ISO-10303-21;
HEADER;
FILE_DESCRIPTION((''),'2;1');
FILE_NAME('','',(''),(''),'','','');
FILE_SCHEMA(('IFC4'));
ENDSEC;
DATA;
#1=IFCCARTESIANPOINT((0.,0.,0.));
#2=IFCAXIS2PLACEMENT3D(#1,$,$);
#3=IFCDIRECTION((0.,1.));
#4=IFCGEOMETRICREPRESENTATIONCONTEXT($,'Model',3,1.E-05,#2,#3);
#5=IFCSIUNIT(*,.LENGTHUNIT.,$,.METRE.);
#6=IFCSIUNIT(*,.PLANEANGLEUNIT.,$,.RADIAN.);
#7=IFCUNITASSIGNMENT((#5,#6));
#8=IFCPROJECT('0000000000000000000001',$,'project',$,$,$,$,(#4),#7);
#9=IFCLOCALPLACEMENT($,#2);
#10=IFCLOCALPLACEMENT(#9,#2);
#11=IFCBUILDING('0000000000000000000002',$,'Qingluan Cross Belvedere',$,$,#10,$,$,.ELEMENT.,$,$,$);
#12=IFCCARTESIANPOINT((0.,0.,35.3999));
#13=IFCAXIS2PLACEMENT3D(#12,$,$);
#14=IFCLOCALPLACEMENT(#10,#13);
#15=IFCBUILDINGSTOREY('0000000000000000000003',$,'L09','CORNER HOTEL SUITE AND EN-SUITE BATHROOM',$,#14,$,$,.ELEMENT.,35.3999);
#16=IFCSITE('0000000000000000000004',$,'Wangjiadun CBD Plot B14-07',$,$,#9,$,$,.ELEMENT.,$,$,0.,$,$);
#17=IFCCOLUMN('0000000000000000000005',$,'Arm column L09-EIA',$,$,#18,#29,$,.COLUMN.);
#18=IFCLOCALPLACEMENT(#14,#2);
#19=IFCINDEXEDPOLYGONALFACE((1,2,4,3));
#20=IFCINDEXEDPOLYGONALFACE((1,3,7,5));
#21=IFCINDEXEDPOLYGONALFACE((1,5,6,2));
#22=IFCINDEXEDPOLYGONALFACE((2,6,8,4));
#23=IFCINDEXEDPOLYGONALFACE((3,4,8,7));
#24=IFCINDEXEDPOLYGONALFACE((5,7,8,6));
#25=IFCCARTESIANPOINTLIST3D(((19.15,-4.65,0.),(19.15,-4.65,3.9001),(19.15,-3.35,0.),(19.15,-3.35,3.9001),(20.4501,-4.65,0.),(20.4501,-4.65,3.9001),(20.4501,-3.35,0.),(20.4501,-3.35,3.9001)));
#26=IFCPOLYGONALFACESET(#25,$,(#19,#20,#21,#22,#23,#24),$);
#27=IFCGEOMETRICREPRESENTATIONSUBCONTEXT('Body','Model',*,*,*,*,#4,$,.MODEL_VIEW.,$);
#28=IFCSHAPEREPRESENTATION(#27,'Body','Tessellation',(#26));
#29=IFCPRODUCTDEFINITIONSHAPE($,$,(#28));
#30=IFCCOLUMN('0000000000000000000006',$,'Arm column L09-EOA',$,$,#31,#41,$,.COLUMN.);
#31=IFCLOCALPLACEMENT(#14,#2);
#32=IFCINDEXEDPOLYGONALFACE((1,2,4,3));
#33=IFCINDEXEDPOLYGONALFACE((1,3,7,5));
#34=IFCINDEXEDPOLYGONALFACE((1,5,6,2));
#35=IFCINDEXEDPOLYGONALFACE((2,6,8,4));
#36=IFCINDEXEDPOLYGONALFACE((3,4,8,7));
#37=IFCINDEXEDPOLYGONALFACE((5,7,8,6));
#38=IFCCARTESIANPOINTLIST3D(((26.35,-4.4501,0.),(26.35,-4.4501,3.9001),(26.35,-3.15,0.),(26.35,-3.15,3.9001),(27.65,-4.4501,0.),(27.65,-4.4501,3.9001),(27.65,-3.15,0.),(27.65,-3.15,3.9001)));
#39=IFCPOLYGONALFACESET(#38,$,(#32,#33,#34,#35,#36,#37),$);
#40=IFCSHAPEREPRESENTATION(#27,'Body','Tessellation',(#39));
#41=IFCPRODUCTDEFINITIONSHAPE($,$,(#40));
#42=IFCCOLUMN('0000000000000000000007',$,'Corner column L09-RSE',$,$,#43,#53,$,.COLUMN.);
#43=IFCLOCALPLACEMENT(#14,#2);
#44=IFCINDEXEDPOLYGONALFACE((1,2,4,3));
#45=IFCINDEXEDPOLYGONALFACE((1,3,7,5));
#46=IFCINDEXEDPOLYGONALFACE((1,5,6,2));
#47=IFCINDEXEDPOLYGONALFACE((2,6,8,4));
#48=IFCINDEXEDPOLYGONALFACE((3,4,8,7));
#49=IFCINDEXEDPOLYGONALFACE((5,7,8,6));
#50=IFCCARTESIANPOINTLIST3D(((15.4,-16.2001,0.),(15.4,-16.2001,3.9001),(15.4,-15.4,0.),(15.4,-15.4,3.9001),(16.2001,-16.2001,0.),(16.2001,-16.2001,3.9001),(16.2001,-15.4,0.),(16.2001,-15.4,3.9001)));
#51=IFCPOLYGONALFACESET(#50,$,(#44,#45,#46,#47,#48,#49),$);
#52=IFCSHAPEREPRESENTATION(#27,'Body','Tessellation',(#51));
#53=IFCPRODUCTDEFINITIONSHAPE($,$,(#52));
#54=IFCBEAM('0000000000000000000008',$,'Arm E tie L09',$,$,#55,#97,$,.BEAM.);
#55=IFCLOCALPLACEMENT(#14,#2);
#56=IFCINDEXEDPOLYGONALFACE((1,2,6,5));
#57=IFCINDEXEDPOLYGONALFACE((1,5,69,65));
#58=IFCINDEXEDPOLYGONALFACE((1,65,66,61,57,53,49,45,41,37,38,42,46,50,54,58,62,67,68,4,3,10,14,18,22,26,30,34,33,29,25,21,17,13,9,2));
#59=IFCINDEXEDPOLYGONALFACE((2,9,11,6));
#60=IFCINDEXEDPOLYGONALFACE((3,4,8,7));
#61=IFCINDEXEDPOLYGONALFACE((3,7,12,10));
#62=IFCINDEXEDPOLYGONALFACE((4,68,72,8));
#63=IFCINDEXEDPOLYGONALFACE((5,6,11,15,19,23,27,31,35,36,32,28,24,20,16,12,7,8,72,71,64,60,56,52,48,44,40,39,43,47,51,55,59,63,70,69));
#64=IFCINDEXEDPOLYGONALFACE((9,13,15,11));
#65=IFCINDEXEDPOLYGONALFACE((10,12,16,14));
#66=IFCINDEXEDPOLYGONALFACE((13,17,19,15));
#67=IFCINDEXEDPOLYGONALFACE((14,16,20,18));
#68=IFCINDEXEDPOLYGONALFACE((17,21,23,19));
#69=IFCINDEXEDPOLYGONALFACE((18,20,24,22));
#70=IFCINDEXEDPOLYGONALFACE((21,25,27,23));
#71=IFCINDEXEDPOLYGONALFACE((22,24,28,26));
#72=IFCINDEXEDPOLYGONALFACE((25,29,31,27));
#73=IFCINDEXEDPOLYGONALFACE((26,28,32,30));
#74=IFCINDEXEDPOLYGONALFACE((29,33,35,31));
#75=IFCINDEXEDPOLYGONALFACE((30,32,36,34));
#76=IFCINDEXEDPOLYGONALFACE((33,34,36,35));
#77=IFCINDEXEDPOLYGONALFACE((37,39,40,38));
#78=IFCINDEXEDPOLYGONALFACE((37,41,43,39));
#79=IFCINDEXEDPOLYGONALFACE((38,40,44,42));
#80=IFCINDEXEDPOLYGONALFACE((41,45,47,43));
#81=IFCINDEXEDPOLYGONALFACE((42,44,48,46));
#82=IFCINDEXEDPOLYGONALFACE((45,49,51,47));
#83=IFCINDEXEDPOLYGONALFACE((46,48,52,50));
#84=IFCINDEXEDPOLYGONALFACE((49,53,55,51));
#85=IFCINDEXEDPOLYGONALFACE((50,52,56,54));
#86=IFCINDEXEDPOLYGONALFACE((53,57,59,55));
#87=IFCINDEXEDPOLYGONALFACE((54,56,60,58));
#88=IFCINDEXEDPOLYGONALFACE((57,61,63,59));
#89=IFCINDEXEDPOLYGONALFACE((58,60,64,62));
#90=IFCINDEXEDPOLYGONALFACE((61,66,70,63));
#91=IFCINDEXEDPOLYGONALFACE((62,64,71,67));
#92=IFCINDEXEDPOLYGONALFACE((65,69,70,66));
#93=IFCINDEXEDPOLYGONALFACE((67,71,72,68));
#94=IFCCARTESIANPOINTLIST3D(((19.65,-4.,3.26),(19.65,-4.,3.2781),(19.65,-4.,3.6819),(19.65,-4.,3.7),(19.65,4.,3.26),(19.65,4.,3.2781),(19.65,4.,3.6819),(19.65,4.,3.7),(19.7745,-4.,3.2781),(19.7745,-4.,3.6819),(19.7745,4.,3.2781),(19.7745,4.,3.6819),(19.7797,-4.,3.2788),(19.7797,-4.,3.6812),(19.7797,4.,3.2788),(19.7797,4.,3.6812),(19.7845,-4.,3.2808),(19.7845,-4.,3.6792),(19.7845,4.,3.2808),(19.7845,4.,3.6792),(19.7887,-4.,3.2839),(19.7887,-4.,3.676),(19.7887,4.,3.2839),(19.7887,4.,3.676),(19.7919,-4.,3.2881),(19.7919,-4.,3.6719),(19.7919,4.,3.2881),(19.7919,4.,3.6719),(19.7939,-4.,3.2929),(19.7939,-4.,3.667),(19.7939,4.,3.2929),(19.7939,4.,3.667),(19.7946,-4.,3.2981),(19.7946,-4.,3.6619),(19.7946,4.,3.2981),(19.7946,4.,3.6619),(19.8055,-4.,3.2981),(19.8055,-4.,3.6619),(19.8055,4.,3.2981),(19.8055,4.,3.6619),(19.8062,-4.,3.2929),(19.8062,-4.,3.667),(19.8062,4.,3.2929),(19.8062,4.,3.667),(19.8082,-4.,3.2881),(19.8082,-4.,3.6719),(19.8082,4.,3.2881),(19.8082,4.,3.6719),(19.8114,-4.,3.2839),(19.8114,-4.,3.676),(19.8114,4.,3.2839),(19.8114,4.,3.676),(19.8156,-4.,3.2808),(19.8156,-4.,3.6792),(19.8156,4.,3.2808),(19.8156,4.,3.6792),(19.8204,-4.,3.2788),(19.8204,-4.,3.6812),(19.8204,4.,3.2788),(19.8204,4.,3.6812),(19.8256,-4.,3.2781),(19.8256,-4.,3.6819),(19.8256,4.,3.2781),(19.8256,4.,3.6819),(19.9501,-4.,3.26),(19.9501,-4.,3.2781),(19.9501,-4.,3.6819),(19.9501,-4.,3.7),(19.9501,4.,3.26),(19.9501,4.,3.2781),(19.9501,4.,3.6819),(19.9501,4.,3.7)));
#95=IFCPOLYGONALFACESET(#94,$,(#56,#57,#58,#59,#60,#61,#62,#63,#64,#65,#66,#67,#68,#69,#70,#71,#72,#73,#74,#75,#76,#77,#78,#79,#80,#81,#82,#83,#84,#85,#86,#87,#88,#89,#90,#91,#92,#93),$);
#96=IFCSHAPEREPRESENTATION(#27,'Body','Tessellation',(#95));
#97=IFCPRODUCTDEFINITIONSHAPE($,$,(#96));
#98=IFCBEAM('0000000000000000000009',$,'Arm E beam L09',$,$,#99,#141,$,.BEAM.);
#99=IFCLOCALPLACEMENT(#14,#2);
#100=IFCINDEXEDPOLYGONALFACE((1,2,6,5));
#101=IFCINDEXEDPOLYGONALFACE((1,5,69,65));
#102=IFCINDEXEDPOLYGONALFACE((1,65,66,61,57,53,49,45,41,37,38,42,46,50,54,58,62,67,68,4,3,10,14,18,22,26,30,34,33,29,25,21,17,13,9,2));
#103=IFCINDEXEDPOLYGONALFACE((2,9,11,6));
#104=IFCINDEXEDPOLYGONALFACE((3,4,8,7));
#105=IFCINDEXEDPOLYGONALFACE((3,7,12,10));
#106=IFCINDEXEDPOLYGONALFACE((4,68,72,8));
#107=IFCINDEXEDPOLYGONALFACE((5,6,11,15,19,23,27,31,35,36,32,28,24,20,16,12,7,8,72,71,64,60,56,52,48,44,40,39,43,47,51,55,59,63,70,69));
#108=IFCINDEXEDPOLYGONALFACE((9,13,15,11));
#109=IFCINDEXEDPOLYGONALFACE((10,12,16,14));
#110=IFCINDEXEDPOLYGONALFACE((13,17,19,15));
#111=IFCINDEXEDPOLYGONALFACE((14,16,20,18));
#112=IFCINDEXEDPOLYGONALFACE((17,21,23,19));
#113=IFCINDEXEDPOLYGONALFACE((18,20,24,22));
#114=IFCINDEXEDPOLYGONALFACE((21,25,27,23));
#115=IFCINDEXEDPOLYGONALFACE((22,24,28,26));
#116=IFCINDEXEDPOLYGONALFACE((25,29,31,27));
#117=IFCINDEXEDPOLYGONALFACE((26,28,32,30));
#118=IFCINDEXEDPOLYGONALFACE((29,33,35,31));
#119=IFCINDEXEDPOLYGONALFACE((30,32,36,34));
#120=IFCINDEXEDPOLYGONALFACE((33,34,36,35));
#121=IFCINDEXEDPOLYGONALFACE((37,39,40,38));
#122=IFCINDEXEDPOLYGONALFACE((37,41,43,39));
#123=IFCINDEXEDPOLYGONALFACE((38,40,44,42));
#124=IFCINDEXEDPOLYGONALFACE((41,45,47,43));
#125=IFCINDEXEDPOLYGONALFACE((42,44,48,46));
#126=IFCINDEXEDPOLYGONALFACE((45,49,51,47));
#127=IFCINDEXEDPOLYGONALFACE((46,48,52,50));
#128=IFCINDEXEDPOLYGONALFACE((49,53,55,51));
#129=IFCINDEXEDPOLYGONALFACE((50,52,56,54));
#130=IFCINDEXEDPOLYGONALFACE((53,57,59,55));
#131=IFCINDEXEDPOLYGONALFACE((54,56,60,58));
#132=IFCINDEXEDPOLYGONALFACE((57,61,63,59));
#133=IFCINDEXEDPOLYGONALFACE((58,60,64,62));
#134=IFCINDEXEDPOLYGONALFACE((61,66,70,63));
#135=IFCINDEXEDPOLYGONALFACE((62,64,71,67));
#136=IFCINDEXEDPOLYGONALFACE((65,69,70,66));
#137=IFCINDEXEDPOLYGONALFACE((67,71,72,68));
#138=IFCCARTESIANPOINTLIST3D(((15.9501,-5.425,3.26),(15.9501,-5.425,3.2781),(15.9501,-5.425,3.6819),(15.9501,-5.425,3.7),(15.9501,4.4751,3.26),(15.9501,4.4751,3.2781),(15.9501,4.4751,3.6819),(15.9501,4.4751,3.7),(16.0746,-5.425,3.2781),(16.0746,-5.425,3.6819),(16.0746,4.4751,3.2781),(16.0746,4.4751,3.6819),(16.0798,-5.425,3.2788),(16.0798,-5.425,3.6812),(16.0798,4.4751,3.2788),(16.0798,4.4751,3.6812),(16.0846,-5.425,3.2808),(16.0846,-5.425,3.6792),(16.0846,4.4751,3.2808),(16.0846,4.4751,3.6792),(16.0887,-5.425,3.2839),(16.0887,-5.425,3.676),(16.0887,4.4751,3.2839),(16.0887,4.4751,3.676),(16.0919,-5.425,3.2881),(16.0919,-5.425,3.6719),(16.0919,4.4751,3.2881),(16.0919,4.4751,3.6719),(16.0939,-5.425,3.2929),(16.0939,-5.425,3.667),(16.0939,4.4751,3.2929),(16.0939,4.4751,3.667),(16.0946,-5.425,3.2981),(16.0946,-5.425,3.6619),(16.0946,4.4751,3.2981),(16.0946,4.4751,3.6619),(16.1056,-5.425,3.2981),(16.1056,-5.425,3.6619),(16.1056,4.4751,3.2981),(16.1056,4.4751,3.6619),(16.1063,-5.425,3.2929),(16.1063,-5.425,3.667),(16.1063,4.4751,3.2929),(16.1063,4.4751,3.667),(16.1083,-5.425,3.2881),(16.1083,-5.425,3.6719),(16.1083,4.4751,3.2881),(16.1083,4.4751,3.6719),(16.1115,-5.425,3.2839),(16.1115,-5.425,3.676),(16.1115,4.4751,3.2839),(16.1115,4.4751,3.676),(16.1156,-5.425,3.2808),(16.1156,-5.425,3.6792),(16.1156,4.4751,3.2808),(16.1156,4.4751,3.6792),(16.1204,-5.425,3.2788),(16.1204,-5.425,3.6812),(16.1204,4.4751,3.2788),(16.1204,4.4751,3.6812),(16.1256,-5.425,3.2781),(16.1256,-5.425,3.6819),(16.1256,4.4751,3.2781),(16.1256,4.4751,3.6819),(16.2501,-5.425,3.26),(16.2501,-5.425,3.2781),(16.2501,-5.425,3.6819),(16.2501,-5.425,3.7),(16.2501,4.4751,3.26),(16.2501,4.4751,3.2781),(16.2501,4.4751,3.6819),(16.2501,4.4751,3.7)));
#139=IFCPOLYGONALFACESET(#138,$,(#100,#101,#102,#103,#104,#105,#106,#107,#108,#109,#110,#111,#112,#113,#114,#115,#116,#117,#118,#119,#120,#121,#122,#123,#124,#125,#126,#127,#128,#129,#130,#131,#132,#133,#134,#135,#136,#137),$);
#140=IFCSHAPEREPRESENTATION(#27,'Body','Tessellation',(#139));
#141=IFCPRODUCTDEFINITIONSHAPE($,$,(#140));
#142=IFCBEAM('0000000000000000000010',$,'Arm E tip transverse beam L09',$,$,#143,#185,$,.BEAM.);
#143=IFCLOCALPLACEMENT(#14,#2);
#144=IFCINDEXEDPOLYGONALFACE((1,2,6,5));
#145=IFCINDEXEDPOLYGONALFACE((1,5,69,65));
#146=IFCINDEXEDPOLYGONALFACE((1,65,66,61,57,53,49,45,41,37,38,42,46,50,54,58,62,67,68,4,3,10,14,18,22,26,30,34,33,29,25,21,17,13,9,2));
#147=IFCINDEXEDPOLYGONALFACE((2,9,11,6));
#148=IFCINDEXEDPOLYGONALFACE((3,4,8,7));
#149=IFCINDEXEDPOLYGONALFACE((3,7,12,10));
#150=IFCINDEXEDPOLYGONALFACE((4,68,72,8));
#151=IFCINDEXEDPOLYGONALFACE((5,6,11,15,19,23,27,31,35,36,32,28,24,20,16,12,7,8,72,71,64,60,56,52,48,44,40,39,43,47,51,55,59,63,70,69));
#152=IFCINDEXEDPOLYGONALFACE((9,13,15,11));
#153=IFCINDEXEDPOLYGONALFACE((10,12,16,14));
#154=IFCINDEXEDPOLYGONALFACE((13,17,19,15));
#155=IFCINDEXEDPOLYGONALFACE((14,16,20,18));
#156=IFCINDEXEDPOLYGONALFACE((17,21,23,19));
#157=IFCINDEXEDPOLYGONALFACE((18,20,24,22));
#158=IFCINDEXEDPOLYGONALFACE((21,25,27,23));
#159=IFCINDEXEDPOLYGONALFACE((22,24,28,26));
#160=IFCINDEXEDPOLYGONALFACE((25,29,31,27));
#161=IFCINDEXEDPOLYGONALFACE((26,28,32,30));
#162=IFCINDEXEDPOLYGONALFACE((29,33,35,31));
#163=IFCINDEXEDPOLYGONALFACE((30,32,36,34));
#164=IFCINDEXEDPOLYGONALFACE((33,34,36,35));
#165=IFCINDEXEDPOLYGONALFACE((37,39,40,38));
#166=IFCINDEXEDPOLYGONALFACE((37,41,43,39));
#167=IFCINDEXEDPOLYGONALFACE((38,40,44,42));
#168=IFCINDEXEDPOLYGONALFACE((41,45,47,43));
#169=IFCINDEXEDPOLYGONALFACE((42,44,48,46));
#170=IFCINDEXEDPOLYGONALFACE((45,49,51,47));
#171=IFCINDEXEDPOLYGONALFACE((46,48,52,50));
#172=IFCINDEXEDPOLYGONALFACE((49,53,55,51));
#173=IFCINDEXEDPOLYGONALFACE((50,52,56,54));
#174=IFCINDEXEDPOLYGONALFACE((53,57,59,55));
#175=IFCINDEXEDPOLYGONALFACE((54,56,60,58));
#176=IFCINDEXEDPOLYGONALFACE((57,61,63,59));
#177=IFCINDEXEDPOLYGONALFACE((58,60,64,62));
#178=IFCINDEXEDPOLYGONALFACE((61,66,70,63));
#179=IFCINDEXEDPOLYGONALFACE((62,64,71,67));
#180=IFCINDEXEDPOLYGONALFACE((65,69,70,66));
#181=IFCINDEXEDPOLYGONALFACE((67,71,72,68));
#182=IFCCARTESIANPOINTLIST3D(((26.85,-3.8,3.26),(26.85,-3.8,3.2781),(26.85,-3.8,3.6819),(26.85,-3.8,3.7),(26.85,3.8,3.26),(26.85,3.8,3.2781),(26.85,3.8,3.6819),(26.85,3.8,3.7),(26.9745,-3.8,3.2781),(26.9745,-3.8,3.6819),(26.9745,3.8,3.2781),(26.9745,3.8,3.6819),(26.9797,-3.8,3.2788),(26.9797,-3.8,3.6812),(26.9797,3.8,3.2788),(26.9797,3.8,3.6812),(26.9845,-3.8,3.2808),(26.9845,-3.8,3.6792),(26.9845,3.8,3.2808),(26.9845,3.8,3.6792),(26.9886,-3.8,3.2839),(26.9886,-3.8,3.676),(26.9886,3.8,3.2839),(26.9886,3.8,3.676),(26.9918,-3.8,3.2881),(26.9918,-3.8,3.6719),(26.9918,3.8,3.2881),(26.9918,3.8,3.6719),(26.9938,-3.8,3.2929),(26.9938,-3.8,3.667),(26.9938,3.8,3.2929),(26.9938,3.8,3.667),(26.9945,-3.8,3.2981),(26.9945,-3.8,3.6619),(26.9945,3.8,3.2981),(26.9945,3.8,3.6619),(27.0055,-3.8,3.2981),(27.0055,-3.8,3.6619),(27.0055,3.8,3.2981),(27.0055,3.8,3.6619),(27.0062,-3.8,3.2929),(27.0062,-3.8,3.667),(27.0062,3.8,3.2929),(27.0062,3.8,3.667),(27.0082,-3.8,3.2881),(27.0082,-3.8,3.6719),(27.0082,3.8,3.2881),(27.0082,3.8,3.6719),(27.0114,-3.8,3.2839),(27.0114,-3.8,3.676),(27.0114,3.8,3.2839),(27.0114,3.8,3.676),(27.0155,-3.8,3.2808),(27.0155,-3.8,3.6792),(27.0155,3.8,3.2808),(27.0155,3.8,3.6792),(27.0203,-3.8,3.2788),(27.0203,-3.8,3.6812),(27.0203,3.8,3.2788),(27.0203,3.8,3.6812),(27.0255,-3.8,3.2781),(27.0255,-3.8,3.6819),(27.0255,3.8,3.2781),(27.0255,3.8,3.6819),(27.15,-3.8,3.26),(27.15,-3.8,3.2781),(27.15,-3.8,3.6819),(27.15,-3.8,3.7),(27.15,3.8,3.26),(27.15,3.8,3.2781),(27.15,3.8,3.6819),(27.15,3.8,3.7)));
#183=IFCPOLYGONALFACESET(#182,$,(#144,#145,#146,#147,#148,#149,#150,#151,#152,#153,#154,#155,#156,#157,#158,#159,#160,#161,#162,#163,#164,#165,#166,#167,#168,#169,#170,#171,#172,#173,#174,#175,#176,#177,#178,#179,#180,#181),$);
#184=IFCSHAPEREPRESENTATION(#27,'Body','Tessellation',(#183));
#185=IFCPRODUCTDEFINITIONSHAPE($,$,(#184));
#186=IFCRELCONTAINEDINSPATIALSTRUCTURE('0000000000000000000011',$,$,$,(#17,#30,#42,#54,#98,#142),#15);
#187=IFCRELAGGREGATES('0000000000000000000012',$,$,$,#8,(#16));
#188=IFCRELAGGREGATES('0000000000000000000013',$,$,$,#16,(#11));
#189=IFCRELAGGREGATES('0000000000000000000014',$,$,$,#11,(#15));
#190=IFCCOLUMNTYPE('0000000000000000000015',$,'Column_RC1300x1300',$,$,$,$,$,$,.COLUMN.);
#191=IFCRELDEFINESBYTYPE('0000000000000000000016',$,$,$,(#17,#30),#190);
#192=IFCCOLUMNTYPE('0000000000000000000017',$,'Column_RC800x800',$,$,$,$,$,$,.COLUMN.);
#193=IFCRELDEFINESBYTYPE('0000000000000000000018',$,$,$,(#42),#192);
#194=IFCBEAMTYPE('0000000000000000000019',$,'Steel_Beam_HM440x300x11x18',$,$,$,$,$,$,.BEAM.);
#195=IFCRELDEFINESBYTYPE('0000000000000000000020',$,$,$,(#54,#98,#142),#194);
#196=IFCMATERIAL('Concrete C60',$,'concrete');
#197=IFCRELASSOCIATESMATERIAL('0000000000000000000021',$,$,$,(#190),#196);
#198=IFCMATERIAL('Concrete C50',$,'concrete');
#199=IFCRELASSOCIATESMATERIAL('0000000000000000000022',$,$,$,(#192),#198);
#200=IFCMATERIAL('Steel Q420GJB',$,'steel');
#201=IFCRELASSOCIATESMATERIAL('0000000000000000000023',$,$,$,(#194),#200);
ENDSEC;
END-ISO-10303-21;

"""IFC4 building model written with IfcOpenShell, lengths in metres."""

from ifc_helpers import new_model, si_unit, direction, frame, origin, origin_2d, place, context, subcontext, project, spatial, rectangle, i_section, extrude, material, material_profile, profile_set, type_object, element, save


model = new_model("IFC4")

# Units and contexts
model_context = context("Model", 3, precision=1e-05, world=origin(), true_north=direction((0.0, 1.0)))
body_context = subcontext(model_context, "Body", "Model", "MODEL_VIEW")
ifc_project = project(units=[si_unit("LENGTHUNIT", "METRE"), si_unit("PLANEANGLEUNIT", "RADIAN")], contexts=[model_context])

# Site, building, storey
site_placement = place(None, origin())
site = spatial("IfcSite", under=ifc_project, at=site_placement, Name="Wangjiadun CBD Plot B14-07", CompositionType="ELEMENT", RefElevation=0.0)
building_placement = place(site_placement, origin())
building = spatial("IfcBuilding", under=site, at=building_placement, Name="Qingluan Cross Belvedere", CompositionType="ELEMENT")
storey_placement = place(building_placement, frame((0.0, 0.0, 35.3999)))
storey = spatial("IfcBuildingStorey", under=building, at=storey_placement, Name="L09", Description="CORNER HOTEL SUITE AND EN-SUITE BATHROOM", CompositionType="ELEMENT", Elevation=35.3999)

# Columns
ifc_material_1 = material(Name="Concrete C60", Category="concrete")
ifc_material_profile_1 = material_profile(ifc_material_1, rectangle(XDim=1.3, YDim=1.3, at=origin_2d()), Name="RC1300x1300")
ifc_profile_set_1 = profile_set([ifc_material_profile_1], Name="Concrete C60")
column_type_1 = type_object("IfcColumnType", Name="Column_RC1300x1300", PredefinedType="COLUMN", material=ifc_profile_set_1)
for number, where, z_axis, x_axis, name in (
    (1, (19.8, -4.0, 0.0), (0.0, 0.0, 1.0), (1.0, 0.0, 0.0), "Arm column L09-EIA"),
    (2, (27.0, -3.8, 0.0), (0.0, 0.0, 1.0), (1.0, 0.0, 0.0), "Arm column L09-EOA"),
):
    element("IfcColumn", number, at=place(storey_placement, frame(where, z_axis=z_axis, x_axis=x_axis)), inside=storey, type_object=column_type_1, Name=name, PredefinedType="COLUMN", context=body_context, shape_type="SweptSolid", body=[
        extrude(rectangle(XDim=1.3, YDim=1.3, at=origin_2d()), origin(), (0.0, 0.0, 1.0), 3.9001),
    ])
ifc_material_2 = material(Name="Concrete C50", Category="concrete")
ifc_material_profile_2 = material_profile(ifc_material_2, rectangle(XDim=0.8, YDim=0.8, at=origin_2d()), Name="RC800x800")
ifc_profile_set_2 = profile_set([ifc_material_profile_2], Name="Concrete C50")
column_type_2 = type_object("IfcColumnType", Name="Column_RC800x800", PredefinedType="COLUMN", material=ifc_profile_set_2)
column_placement = place(storey_placement, frame((15.8, -15.8, 0.0), z_axis=(0.0, 0.0, 1.0), x_axis=(1.0, 0.0, 0.0)))
element("IfcColumn", 3, at=column_placement, inside=storey, type_object=column_type_2, Name="Corner column L09-RSE", PredefinedType="COLUMN", context=body_context, shape_type="SweptSolid", body=[
    extrude(rectangle(XDim=0.8, YDim=0.8, at=origin_2d()), origin(), (0.0, 0.0, 1.0), 3.9001),
])

# Beams
ifc_material_3 = material(Name="Steel Q420GJB", Category="steel")
ifc_material_profile_3 = material_profile(ifc_material_3, i_section(OverallWidth=0.3, OverallDepth=0.4399, WebThickness=0.011, FlangeThickness=0.0181, FilletRadius=0.02, at=origin_2d()), Name="HM440x300x11x18")
ifc_profile_set_3 = profile_set([ifc_material_profile_3], Name="Steel Q420GJB")
beam_type_1 = type_object("IfcBeamType", Name="Steel_Beam_HM440x300x11x18", PredefinedType="BEAM", material=ifc_profile_set_3)
beam_1_placement = place(storey_placement, frame((19.8, -4.0, 3.48), z_axis=(0.0, 1.0, 0.0), x_axis=(-1.0, 0.0, 0.0)))
element("IfcBeam", 4, at=beam_1_placement, inside=storey, type_object=beam_type_1, Name="Arm E tie L09", PredefinedType="BEAM", context=body_context, shape_type="SweptSolid", body=[
    extrude(i_section(OverallWidth=0.3, OverallDepth=0.4399, WebThickness=0.011, FlangeThickness=0.0181, FilletRadius=0.02, at=origin_2d()), origin(), (0.0, 0.0, 1.0), 8.0),
])
beam_2_placement = place(storey_placement, frame((16.1001, -5.425, 3.48), z_axis=(0.0, 1.0, 0.0), x_axis=(-1.0, 0.0, 0.0)))
element("IfcBeam", 5, at=beam_2_placement, inside=storey, type_object=beam_type_1, Name="Arm E beam L09", PredefinedType="BEAM", context=body_context, shape_type="SweptSolid", body=[
    extrude(i_section(OverallWidth=0.3, OverallDepth=0.4399, WebThickness=0.011, FlangeThickness=0.0181, FilletRadius=0.02, at=origin_2d()), origin(), (0.0, 0.0, 1.0), 9.9001),
])
beam_3_placement = place(storey_placement, frame((27.0, -3.8, 3.48), z_axis=(0.0, 1.0, 0.0), x_axis=(-1.0, 0.0, 0.0)))
element("IfcBeam", 6, at=beam_3_placement, inside=storey, type_object=beam_type_1, Name="Arm E tip transverse beam L09", PredefinedType="BEAM", context=body_context, shape_type="SweptSolid", body=[
    extrude(i_section(OverallWidth=0.3, OverallDepth=0.4399, WebThickness=0.011, FlangeThickness=0.0181, FilletRadius=0.02, at=origin_2d()), origin(), (0.0, 0.0, 1.0), 7.6001),
])

save(model, "model.ifc")
